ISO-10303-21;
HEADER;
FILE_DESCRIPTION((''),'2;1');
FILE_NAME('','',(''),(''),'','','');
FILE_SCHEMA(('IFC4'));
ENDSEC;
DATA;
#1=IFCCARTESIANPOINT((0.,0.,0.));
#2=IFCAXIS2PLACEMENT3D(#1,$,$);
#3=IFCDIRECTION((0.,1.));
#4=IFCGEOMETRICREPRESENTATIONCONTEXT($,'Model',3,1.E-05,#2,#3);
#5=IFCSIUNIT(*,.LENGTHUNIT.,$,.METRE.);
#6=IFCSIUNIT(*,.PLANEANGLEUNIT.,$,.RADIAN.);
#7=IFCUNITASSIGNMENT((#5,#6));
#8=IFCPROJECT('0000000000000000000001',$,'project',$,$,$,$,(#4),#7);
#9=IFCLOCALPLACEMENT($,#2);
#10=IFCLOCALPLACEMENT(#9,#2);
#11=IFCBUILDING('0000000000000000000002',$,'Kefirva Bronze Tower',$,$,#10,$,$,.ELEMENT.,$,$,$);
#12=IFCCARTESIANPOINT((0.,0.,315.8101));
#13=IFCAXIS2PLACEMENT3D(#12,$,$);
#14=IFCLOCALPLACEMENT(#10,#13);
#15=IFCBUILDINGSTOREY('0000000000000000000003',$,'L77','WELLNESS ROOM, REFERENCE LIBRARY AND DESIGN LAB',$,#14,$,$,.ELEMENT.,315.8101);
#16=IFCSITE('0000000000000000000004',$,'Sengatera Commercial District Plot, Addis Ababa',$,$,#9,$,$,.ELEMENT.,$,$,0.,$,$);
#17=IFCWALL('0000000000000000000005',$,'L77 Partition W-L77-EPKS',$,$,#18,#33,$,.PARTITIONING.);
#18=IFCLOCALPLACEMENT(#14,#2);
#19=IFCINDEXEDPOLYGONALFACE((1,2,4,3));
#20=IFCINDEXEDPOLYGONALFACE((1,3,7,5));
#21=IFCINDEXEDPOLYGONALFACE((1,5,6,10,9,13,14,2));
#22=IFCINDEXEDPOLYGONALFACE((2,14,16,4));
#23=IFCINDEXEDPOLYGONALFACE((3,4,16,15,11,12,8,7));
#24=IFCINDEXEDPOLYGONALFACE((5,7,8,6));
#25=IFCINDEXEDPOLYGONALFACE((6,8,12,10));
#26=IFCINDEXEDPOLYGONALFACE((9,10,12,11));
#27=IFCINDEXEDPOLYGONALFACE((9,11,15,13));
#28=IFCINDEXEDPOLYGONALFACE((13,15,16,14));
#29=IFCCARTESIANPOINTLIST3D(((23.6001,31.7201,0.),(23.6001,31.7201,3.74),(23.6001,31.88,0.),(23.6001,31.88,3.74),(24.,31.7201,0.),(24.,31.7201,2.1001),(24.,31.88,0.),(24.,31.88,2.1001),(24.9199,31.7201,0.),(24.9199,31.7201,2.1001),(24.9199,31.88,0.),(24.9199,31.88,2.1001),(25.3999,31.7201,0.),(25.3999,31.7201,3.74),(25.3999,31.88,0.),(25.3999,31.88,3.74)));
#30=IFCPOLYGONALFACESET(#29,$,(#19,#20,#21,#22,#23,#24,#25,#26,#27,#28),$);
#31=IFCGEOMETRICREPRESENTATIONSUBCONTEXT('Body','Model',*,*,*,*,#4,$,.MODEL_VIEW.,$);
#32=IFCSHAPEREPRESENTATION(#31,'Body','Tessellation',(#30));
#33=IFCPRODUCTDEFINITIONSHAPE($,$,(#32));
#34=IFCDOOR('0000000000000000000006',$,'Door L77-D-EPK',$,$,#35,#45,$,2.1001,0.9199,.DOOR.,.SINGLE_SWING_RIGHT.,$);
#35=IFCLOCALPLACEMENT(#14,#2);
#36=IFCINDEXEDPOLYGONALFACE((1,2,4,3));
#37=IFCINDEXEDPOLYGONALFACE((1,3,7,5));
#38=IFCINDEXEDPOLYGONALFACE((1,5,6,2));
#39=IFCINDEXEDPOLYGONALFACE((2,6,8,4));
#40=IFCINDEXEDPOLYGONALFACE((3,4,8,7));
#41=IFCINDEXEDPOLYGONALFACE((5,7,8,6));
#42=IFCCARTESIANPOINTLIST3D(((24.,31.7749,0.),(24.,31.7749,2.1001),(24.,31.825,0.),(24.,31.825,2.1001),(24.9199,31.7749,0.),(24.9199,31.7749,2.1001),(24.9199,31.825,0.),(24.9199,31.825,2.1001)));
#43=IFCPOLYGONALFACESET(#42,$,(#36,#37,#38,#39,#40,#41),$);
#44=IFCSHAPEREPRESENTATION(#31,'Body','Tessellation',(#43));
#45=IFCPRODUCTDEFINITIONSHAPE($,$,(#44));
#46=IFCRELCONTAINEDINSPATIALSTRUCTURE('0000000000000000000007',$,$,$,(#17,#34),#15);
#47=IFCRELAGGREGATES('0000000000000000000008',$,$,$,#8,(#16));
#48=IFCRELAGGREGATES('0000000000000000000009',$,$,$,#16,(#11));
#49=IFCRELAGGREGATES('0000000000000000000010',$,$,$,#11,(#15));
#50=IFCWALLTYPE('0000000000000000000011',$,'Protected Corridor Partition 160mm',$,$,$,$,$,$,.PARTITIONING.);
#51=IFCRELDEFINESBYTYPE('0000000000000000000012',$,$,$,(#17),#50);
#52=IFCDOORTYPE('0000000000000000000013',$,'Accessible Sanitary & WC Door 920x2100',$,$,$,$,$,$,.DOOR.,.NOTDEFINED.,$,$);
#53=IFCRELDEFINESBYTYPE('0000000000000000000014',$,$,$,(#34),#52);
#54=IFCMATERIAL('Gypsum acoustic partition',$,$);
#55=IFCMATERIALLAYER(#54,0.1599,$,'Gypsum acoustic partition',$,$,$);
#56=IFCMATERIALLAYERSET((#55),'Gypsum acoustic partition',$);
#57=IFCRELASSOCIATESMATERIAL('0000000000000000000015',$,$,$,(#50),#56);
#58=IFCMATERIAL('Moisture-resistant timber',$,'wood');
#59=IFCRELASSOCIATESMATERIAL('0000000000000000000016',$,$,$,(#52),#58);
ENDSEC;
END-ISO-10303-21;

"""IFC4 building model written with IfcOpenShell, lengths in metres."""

from ifc_helpers import new_model, si_unit, direction, frame, frame_2d, origin, place, context, subcontext, project, spatial, rectangle, extrude, material, layer, layer_set, type_object, element, fill, save


model = new_model("IFC4")

# Units and contexts
model_context = context("Model", 3, precision=1e-05, world=origin(), true_north=direction((0.0, 1.0)))
body_context = subcontext(model_context, "Body", "Model", "MODEL_VIEW")
ifc_project = project(units=[si_unit("LENGTHUNIT", "METRE"), si_unit("PLANEANGLEUNIT", "RADIAN")], contexts=[model_context])

# Site, building, storey
site_placement = place(None, origin())
site = spatial("IfcSite", under=ifc_project, at=site_placement, Name="Sengatera Commercial District Plot, Addis Ababa", CompositionType="ELEMENT", RefElevation=0.0)
building_placement = place(site_placement, origin())
building = spatial("IfcBuilding", under=site, at=building_placement, Name="Kefirva Bronze Tower", CompositionType="ELEMENT")
storey_placement = place(building_placement, frame((0.0, 0.0, 315.8101)))
storey = spatial("IfcBuildingStorey", under=building, at=storey_placement, Name="L77", Description="WELLNESS ROOM, REFERENCE LIBRARY AND DESIGN LAB", CompositionType="ELEMENT", Elevation=315.8101)

# Shared definitions
ifc_material_1 = material(Name="Gypsum acoustic partition")
ifc_layer = layer(ifc_material_1, 0.1599, Name="Gypsum acoustic partition")
ifc_layer_set = layer_set([ifc_layer], Name="Gypsum acoustic partition")
wall_type = type_object("IfcWallType", Name="Protected Corridor Partition 160mm", PredefinedType="PARTITIONING", material=ifc_layer_set)

# Wall, opening, door
wall_1_placement = place(storey_placement, frame((23.6001, 31.8, 0.0), z_axis=(0.0, 0.0, 1.0), x_axis=(1.0, 0.0, 0.0)))
wall_1 = element("IfcWall", 1, at=wall_1_placement, inside=storey, type_object=wall_type, Name="L77 Partition W-L77-EPKS", PredefinedType="PARTITIONING", context=body_context, shape_type="SweptSolid", body=[
    extrude(rectangle(XDim=1.7998, YDim=0.1599, at=frame_2d((0.8999, 0.0))), origin(), (0.0, 0.0, 1.0), 3.74),
])
opening_placement = place(wall_1_placement, frame((0.3999, 0.0, 0.0)))
opening = element("IfcOpeningElement", 2, at=opening_placement, cuts=wall_1, PredefinedType="OPENING", context=body_context, shape_type="SweptSolid", body=[
    extrude(rectangle(XDim=0.9199, YDim=2.1001, at=frame_2d((0.46, 1.05))), frame((0.0, 0.0898, 0.0), z_axis=(0.0, -1.0, 0.0), x_axis=(1.0, 0.0, 0.0)), (0.0, 0.0, 1.0), 0.1799),
])
ifc_material_2 = material(Name="Moisture-resistant timber", Category="wood")
door_type = type_object("IfcDoorType", Name="Accessible Sanitary & WC Door 920x2100", OperationType="NOTDEFINED", PredefinedType="DOOR", material=ifc_material_2)
door_placement = place(opening_placement, origin())
door = element("IfcDoor", 3, at=door_placement, inside=storey, type_object=door_type, Name="Door L77-D-EPK", OperationType="SINGLE_SWING_RIGHT", OverallHeight=2.1001, OverallWidth=0.9199, PredefinedType="DOOR", context=body_context, shape_type="SweptSolid", body=[
    extrude(rectangle(XDim=0.9199, YDim=2.1001, at=frame_2d((0.46, 1.05))), frame((0.0, 0.0249, 0.0), z_axis=(0.0, -1.0, 0.0), x_axis=(1.0, 0.0, 0.0)), (0.0, 0.0, 1.0), 0.05),
])
fill(opening, door)

save(model, "model.ifc")
